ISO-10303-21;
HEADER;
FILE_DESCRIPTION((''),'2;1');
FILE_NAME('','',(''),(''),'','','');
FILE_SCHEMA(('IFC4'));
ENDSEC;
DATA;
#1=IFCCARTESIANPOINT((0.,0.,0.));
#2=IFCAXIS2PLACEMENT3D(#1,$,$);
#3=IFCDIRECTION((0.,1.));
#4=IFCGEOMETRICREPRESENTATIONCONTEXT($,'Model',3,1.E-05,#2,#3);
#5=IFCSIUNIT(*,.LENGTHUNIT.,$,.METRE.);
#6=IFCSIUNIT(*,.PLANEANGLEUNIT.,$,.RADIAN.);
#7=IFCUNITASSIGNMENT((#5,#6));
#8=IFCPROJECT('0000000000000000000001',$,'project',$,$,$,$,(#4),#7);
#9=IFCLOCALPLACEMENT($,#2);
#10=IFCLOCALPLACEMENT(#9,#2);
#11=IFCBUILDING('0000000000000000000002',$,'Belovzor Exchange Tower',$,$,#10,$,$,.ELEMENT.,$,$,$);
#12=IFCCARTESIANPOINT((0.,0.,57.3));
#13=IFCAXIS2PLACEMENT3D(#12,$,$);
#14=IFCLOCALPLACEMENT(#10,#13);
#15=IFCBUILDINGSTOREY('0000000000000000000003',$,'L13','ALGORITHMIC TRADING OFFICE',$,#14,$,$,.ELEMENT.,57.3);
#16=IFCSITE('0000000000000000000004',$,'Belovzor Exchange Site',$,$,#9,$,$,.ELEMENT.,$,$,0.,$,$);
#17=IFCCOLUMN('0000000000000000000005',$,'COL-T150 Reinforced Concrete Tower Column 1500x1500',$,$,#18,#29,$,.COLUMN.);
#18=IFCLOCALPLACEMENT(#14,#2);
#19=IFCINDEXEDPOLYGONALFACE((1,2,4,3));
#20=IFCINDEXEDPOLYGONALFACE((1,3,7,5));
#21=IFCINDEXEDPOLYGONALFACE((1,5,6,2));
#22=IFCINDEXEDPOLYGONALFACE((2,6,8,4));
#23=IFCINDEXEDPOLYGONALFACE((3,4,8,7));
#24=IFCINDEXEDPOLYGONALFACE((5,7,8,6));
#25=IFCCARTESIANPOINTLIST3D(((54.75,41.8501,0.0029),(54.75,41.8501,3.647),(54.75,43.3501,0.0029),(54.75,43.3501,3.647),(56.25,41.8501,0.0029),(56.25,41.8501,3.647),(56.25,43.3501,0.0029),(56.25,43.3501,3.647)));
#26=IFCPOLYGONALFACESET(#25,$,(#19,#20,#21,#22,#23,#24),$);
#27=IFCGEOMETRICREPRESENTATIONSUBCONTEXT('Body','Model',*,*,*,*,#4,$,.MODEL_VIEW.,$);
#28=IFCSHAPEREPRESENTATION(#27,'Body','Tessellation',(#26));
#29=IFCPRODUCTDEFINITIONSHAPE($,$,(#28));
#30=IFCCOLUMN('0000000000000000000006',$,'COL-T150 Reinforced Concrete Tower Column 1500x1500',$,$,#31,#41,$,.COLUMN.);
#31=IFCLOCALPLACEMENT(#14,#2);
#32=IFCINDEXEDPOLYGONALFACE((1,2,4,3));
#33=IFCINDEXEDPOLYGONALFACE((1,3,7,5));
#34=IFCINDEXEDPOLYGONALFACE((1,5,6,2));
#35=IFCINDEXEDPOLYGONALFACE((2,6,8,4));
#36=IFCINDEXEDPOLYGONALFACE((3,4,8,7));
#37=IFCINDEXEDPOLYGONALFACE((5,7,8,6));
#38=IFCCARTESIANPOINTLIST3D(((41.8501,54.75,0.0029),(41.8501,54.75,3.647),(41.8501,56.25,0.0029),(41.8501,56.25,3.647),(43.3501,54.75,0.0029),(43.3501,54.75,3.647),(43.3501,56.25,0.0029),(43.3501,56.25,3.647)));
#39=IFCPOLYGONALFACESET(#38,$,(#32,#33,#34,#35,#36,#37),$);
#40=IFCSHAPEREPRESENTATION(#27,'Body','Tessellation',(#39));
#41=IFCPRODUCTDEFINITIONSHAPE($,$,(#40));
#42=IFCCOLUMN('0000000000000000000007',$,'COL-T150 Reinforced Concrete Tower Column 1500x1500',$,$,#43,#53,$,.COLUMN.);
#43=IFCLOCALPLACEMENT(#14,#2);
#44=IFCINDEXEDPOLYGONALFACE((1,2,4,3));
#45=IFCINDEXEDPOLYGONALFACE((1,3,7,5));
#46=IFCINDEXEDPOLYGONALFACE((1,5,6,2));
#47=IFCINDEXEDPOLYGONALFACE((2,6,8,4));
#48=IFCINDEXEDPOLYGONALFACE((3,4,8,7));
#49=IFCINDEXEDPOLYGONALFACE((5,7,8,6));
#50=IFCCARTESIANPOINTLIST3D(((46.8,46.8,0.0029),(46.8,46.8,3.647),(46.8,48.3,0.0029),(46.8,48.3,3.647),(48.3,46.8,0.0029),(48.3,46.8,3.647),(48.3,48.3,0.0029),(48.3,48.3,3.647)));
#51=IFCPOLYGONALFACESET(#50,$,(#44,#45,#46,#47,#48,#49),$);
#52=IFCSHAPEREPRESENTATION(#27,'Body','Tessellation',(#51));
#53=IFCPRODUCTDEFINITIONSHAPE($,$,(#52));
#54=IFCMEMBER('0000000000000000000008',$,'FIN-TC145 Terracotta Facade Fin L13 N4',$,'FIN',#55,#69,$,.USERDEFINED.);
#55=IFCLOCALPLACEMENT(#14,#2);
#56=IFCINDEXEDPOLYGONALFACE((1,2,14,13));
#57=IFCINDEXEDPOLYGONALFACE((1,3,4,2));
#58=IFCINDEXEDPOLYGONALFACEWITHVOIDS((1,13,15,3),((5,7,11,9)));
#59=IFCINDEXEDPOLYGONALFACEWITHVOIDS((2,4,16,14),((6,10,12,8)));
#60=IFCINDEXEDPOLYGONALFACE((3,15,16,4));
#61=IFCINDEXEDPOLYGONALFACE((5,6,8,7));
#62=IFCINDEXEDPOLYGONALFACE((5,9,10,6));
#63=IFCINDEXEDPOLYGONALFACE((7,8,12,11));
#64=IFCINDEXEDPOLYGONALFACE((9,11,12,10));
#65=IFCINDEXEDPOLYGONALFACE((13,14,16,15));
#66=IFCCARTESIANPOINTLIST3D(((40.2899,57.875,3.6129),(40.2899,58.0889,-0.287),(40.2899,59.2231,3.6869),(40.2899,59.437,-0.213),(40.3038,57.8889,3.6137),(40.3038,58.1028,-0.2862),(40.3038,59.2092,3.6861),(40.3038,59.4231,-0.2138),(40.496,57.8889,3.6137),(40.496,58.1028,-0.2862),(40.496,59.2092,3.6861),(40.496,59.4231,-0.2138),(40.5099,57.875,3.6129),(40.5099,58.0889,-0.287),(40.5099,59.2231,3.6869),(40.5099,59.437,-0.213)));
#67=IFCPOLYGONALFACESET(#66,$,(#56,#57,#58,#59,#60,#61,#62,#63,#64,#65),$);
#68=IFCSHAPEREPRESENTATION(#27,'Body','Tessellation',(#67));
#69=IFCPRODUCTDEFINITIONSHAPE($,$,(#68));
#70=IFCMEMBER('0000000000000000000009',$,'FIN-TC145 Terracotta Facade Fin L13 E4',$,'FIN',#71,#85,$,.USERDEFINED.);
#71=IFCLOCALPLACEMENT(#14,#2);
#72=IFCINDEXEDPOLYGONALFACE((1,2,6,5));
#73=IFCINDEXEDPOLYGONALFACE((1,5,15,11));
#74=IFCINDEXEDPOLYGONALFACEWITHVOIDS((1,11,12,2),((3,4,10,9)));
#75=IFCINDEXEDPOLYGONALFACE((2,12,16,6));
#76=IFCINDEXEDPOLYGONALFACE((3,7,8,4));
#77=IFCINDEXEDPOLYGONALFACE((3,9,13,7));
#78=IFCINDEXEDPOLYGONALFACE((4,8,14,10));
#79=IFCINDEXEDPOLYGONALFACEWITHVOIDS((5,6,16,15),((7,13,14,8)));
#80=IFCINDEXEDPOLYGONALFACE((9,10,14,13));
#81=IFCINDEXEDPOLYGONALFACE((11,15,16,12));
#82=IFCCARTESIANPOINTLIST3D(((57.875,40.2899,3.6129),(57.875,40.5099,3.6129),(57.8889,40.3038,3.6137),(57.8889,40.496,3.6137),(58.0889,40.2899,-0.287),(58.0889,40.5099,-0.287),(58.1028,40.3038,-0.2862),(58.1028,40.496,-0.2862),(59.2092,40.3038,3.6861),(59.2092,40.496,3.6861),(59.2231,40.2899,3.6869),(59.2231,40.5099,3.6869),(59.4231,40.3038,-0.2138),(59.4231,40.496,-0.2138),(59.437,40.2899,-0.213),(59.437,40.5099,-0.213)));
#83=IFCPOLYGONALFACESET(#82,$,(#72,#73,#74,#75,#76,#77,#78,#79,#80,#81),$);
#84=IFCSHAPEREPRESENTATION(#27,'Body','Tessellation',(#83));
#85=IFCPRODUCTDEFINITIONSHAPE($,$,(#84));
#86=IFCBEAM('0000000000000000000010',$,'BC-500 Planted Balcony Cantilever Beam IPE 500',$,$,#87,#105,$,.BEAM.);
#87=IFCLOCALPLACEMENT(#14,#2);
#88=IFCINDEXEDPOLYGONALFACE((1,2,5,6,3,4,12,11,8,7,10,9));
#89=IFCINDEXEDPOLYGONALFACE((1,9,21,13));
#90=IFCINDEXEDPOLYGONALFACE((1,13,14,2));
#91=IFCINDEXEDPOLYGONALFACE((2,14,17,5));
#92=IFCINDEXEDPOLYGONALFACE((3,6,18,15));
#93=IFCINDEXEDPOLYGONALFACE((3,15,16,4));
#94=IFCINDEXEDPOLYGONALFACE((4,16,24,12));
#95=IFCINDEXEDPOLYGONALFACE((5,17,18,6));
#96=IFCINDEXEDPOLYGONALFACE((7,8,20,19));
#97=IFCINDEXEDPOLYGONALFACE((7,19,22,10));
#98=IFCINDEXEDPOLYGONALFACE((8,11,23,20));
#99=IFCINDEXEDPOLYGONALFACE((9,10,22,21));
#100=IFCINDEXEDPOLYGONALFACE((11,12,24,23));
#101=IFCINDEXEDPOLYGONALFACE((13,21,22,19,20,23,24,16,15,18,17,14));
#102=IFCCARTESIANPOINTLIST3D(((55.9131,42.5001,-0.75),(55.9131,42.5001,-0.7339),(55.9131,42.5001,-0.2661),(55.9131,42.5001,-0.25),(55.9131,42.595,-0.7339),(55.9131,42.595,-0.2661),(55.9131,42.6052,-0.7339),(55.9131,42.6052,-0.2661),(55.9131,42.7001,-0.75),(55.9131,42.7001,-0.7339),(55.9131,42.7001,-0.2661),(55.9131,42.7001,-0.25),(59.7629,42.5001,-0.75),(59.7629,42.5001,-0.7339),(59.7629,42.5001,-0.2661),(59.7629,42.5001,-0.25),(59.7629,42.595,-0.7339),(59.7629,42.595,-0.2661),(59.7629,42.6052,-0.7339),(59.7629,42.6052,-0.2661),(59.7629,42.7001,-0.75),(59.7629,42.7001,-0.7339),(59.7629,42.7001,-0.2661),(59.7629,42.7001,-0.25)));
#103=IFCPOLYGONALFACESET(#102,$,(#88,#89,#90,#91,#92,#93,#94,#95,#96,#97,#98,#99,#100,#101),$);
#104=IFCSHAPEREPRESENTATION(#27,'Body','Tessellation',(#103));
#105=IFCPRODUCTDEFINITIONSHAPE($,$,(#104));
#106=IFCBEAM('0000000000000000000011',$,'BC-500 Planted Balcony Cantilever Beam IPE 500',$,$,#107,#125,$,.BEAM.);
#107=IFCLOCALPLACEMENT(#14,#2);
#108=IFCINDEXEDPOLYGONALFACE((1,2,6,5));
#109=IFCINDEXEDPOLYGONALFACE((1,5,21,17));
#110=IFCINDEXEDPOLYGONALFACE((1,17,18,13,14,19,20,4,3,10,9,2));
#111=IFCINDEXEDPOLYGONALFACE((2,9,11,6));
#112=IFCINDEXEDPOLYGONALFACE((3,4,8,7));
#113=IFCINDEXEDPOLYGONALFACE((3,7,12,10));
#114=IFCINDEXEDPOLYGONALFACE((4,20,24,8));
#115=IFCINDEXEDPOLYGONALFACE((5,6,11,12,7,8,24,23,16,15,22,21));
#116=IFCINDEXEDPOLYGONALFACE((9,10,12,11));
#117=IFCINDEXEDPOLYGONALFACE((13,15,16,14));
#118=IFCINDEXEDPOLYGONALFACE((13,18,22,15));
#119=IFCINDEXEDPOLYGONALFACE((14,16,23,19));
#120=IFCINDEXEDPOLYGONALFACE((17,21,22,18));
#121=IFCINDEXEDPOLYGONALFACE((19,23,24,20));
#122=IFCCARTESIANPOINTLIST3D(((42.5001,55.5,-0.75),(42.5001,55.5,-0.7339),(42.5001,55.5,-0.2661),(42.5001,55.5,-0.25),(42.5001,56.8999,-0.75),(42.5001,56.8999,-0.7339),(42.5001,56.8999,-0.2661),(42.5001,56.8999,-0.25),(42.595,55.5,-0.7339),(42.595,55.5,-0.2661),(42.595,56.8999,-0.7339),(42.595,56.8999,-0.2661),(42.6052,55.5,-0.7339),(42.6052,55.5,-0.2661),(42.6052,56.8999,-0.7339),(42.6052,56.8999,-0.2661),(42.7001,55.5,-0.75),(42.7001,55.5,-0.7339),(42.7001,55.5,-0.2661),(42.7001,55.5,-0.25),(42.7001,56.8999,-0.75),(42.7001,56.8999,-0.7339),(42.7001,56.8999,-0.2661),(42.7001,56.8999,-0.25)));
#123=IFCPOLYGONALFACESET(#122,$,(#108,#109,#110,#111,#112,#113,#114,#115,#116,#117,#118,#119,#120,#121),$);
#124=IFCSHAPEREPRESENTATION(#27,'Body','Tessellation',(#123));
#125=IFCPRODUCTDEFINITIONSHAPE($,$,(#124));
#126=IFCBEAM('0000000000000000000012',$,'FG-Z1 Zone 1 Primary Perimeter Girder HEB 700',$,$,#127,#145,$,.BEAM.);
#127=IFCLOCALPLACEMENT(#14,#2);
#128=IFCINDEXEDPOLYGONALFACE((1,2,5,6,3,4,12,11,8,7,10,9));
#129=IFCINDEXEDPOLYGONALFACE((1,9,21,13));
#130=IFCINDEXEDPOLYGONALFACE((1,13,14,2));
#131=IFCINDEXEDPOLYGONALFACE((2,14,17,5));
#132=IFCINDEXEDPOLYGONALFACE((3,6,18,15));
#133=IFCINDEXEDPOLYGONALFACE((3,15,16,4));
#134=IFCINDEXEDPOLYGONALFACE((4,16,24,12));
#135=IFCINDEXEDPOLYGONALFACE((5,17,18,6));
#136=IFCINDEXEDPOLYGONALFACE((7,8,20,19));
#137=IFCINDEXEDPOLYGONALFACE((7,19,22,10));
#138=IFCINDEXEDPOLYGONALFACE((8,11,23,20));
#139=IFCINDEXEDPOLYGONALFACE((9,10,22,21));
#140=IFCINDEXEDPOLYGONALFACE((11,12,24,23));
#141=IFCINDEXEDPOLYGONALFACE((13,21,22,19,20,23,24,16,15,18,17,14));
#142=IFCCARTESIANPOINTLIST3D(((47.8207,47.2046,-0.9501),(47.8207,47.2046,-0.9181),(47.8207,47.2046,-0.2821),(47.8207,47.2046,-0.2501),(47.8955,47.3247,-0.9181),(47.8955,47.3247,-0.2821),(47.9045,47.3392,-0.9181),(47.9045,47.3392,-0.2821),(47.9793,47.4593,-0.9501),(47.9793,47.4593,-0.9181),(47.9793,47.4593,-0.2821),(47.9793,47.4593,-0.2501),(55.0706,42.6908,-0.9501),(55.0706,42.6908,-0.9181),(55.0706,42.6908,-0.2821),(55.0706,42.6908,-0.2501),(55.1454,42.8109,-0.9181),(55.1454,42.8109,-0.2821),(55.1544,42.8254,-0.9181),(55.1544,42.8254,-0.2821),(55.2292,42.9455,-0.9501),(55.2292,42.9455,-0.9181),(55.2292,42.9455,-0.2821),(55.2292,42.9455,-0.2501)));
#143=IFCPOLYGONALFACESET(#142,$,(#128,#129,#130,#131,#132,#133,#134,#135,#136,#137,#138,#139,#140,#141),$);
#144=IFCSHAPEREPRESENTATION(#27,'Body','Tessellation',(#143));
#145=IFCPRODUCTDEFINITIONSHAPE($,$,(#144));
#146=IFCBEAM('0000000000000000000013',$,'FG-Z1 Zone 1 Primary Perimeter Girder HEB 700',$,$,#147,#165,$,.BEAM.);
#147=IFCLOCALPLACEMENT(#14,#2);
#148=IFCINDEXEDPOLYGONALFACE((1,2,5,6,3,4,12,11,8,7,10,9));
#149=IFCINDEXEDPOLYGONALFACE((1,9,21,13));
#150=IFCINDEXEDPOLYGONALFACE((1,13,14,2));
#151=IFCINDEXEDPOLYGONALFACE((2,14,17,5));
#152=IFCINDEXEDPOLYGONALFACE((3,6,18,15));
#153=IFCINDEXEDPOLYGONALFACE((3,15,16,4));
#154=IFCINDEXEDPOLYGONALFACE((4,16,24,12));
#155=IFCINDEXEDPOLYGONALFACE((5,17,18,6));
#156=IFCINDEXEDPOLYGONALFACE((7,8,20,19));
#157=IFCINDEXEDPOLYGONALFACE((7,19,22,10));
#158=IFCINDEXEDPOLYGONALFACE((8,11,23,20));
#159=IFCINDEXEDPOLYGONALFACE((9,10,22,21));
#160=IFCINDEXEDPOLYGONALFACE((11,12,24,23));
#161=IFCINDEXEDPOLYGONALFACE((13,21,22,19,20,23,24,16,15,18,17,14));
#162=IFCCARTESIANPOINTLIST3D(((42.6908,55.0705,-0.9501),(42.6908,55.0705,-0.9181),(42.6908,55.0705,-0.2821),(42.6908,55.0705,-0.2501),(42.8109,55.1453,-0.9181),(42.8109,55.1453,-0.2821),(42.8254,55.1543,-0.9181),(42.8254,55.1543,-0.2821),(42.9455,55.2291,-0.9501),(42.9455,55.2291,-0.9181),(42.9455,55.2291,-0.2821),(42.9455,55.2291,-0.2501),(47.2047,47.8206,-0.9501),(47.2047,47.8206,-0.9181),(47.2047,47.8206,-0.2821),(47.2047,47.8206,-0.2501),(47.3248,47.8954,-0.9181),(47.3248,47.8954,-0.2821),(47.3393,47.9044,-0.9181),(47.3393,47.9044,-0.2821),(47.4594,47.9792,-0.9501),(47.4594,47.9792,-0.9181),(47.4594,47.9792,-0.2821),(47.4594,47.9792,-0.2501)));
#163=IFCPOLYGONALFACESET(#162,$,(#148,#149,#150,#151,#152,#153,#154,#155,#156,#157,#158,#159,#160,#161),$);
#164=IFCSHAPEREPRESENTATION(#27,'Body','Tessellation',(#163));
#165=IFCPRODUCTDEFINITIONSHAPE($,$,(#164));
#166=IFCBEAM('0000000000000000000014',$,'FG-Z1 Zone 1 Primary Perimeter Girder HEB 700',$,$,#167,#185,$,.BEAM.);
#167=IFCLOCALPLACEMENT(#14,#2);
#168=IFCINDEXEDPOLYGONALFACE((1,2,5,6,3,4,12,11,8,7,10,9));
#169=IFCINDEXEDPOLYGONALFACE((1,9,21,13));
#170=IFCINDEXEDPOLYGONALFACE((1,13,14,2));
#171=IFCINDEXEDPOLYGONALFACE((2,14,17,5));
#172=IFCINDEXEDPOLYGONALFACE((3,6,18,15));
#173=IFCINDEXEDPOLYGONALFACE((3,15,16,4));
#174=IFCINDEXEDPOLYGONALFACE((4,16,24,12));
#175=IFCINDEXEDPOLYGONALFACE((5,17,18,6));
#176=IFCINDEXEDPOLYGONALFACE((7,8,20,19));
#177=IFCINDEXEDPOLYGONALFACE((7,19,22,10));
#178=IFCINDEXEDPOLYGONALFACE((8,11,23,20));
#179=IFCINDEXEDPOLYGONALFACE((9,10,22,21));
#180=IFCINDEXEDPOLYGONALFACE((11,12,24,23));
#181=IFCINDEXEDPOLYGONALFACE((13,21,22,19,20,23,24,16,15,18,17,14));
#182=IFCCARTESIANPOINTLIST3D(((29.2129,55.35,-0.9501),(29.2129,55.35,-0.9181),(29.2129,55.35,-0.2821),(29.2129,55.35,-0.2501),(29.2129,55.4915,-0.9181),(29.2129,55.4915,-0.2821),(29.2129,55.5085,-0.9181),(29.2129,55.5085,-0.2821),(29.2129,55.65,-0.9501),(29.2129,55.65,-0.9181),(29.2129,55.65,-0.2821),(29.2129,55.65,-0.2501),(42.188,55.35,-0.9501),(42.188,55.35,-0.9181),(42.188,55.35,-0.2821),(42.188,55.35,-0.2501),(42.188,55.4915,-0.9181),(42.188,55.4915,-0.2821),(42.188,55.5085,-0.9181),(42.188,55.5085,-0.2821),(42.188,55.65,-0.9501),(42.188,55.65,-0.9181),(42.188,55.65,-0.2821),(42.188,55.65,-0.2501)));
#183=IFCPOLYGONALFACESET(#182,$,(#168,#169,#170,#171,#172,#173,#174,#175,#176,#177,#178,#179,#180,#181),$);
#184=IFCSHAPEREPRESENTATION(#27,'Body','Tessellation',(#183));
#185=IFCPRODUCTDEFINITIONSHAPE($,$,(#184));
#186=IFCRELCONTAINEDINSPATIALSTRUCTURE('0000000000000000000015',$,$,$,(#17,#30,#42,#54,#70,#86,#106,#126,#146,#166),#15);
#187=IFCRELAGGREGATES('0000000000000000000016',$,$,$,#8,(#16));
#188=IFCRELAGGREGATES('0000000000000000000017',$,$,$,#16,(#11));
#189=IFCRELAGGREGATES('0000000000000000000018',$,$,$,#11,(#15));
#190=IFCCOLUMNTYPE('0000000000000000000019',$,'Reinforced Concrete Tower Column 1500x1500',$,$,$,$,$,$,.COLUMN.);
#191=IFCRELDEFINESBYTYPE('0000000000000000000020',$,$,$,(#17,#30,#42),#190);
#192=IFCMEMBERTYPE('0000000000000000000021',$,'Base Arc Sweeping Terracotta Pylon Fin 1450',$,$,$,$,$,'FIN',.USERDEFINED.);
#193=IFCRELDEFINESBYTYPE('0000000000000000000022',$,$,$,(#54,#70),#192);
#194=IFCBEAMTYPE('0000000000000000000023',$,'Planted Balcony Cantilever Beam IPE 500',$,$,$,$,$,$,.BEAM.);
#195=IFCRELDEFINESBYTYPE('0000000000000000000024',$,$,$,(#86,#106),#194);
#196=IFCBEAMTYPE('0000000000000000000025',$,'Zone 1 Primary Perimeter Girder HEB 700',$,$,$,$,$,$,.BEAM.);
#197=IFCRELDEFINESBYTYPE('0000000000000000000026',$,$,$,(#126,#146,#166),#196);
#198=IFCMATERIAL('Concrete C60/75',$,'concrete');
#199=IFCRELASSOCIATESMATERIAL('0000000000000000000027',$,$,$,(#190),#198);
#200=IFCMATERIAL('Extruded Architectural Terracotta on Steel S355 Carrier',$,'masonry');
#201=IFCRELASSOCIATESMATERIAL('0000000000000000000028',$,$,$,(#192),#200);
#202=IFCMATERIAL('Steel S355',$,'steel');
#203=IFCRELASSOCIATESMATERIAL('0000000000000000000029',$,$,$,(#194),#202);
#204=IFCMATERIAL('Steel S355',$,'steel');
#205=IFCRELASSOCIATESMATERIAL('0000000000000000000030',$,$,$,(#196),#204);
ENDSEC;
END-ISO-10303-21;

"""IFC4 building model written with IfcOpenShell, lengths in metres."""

from ifc_helpers import new_model, si_unit, direction, frame, origin, origin_2d, place, context, subcontext, project, spatial, rectangle, hollow_rectangle, i_section, extrude, material, material_profile, profile_set, type_object, element, save


model = new_model("IFC4")

# Units and contexts
model_context = context("Model", 3, precision=1e-05, world=origin(), true_north=direction((0.0, 1.0)))
body_context = subcontext(model_context, "Body", "Model", "MODEL_VIEW")
ifc_project = project(units=[si_unit("LENGTHUNIT", "METRE"), si_unit("PLANEANGLEUNIT", "RADIAN")], contexts=[model_context])

# Site, building, storey
site_placement = place(None, origin())
site = spatial("IfcSite", under=ifc_project, at=site_placement, Name="Belovzor Exchange Site", CompositionType="ELEMENT", RefElevation=0.0)
building_placement = place(site_placement, origin())
building = spatial("IfcBuilding", under=site, at=building_placement, Name="Belovzor Exchange Tower", CompositionType="ELEMENT")
storey_placement = place(building_placement, frame((0.0, 0.0, 57.3)))
storey = spatial("IfcBuildingStorey", under=building, at=storey_placement, Name="L13", Description="ALGORITHMIC TRADING OFFICE", CompositionType="ELEMENT", Elevation=57.3)

# Columns
ifc_material_1 = material(Name="Concrete C60/75", Category="concrete")
ifc_material_profile_1 = material_profile(ifc_material_1, rectangle(XDim=1.5, YDim=1.5, at=origin_2d()))
ifc_profile_set_1 = profile_set([ifc_material_profile_1], Name="Concrete C60/75")
column_type = type_object("IfcColumnType", Name="Reinforced Concrete Tower Column 1500x1500", PredefinedType="COLUMN", material=ifc_profile_set_1)
for number, where, z_axis, x_axis, name in (
    (1, (55.5, 42.6001, 0.0029), (0.0, 0.0, 1.0), (1.0, 0.0, 0.0), "COL-T150 Reinforced Concrete Tower Column 1500x1500"),
    (2, (42.6001, 55.5, 0.0029), (0.0, 0.0, 1.0), (1.0, 0.0, 0.0), "COL-T150 Reinforced Concrete Tower Column 1500x1500"),
    (3, (47.55, 47.55, 0.0029), (0.0, 0.0, 1.0), (1.0, 0.0, 0.0), "COL-T150 Reinforced Concrete Tower Column 1500x1500"),
):
    element("IfcColumn", number, at=place(storey_placement, frame(where, z_axis=z_axis, x_axis=x_axis)), inside=storey, type_object=column_type, Name=name, PredefinedType="COLUMN", context=body_context, shape_type="SweptSolid", body=[
        extrude(rectangle(XDim=1.5, YDim=1.5, at=origin_2d()), origin(), (0.0, 0.0, 1.0), 3.644),
    ])

# Members
ifc_material_2 = material(Name="Extruded Architectural Terracotta on Steel S355 Carrier", Category="masonry")
ifc_material_profile_2 = material_profile(ifc_material_2, hollow_rectangle(XDim=0.22, YDim=1.3501, WallThickness=0.0139, at=origin_2d()))
ifc_profile_set_2 = profile_set([ifc_material_profile_2], Name="Extruded Architectural Terracotta on Steel S355 Carrier")
member_type = type_object("IfcMemberType", Name="Base Arc Sweeping Terracotta Pylon Fin 1450", ElementType="FIN", PredefinedType="USERDEFINED", material=ifc_profile_set_2)
for number, where, z_axis, x_axis, name in (
    (4, (40.3999, 58.7629, -0.25), (0.0, -0.054757, 0.9985), (1.0, 0.0, 0.0), "FIN-TC145 Terracotta Facade Fin L13 N4"),
    (5, (58.7629, 40.3999, -0.25), (-0.054757, 0.0, 0.9985), (0.0, -1.0, 0.0), "FIN-TC145 Terracotta Facade Fin L13 E4"),
):
    element("IfcMember", number, at=place(storey_placement, frame(where, z_axis=z_axis, x_axis=x_axis)), inside=storey, type_object=member_type, Name=name, ObjectType="FIN", PredefinedType="USERDEFINED", context=body_context, shape_type="SweptSolid", body=[
        extrude(hollow_rectangle(XDim=0.22, YDim=1.3501, WallThickness=0.0139, at=origin_2d()), origin(), (0.0, 0.0, 1.0), 3.9058),
    ])

# Beams
ifc_material_3 = material(Name="Steel S355", Category="steel")
ifc_material_profile_3 = material_profile(ifc_material_3, i_section(OverallWidth=0.2, OverallDepth=0.5, WebThickness=0.0103, FlangeThickness=0.0161, at=origin_2d()))
ifc_profile_set_3 = profile_set([ifc_material_profile_3], Name="Steel S355")
beam_type_1 = type_object("IfcBeamType", Name="Planted Balcony Cantilever Beam IPE 500", PredefinedType="BEAM", material=ifc_profile_set_3)
beam_1_placement = place(storey_placement, frame((55.9131, 42.6001, -0.5), z_axis=(1.0, 0.0, 0.0), x_axis=(0.0, 1.0, 0.0)))
element("IfcBeam", 6, at=beam_1_placement, inside=storey, type_object=beam_type_1, Name="BC-500 Planted Balcony Cantilever Beam IPE 500", PredefinedType="BEAM", context=body_context, shape_type="SweptSolid", body=[
    extrude(i_section(OverallWidth=0.2, OverallDepth=0.5, WebThickness=0.0103, FlangeThickness=0.0161, at=origin_2d()), origin(), (0.0, 0.0, 1.0), 3.8499),
])
beam_2_placement = place(storey_placement, frame((42.6001, 55.5, -0.5), z_axis=(0.0, 1.0, 0.0), x_axis=(-1.0, 0.0, 0.0)))
element("IfcBeam", 7, at=beam_2_placement, inside=storey, type_object=beam_type_1, Name="BC-500 Planted Balcony Cantilever Beam IPE 500", PredefinedType="BEAM", context=body_context, shape_type="SweptSolid", body=[
    extrude(i_section(OverallWidth=0.2, OverallDepth=0.5, WebThickness=0.0103, FlangeThickness=0.0161, at=origin_2d()), origin(), (0.0, 0.0, 1.0), 1.3999),
])
ifc_material_4 = material(Name="Steel S355", Category="steel")
ifc_material_profile_4 = material_profile(ifc_material_4, i_section(OverallWidth=0.3, OverallDepth=0.7, WebThickness=0.0171, FlangeThickness=0.032, at=origin_2d()))
ifc_profile_set_4 = profile_set([ifc_material_profile_4], Name="Steel S355")
beam_type_2 = type_object("IfcBeamType", Name="Zone 1 Primary Perimeter Girder HEB 700", PredefinedType="BEAM", material=ifc_profile_set_4)
for number, where, z_axis, x_axis, name in (
    (8, (55.1499, 42.8181, -0.6001), (-0.848909, 0.528539, 0.0), (-0.528539, -0.848909, 0.0), "FG-Z1 Zone 1 Primary Perimeter Girder HEB 700"),
    (9, (47.332, 47.8999, -0.6001), (-0.528539, 0.848909, 0.0), (-0.848909, -0.528539, 0.0), "FG-Z1 Zone 1 Primary Perimeter Girder HEB 700"),
):
    element("IfcBeam", number, at=place(storey_placement, frame(where, z_axis=z_axis, x_axis=x_axis)), inside=storey, type_object=beam_type_2, Name=name, PredefinedType="BEAM", context=body_context, shape_type="SweptSolid", body=[
        extrude(i_section(OverallWidth=0.3, OverallDepth=0.7, WebThickness=0.0171, FlangeThickness=0.032, at=origin_2d()), origin(), (0.0, 0.0, 1.0), 8.5403),
    ])
beam_3_placement = place(storey_placement, frame((42.188, 55.5, -0.6001), z_axis=(-1.0, 0.0, 0.0), x_axis=(0.0, -1.0, 0.0)))
element("IfcBeam", 10, at=beam_3_placement, inside=storey, type_object=beam_type_2, Name="FG-Z1 Zone 1 Primary Perimeter Girder HEB 700", PredefinedType="BEAM", context=body_context, shape_type="SweptSolid", body=[
    extrude(i_section(OverallWidth=0.3, OverallDepth=0.7, WebThickness=0.0171, FlangeThickness=0.032, at=origin_2d()), origin(), (0.0, 0.0, 1.0), 12.9751),
])

save(model, "model.ifc")
